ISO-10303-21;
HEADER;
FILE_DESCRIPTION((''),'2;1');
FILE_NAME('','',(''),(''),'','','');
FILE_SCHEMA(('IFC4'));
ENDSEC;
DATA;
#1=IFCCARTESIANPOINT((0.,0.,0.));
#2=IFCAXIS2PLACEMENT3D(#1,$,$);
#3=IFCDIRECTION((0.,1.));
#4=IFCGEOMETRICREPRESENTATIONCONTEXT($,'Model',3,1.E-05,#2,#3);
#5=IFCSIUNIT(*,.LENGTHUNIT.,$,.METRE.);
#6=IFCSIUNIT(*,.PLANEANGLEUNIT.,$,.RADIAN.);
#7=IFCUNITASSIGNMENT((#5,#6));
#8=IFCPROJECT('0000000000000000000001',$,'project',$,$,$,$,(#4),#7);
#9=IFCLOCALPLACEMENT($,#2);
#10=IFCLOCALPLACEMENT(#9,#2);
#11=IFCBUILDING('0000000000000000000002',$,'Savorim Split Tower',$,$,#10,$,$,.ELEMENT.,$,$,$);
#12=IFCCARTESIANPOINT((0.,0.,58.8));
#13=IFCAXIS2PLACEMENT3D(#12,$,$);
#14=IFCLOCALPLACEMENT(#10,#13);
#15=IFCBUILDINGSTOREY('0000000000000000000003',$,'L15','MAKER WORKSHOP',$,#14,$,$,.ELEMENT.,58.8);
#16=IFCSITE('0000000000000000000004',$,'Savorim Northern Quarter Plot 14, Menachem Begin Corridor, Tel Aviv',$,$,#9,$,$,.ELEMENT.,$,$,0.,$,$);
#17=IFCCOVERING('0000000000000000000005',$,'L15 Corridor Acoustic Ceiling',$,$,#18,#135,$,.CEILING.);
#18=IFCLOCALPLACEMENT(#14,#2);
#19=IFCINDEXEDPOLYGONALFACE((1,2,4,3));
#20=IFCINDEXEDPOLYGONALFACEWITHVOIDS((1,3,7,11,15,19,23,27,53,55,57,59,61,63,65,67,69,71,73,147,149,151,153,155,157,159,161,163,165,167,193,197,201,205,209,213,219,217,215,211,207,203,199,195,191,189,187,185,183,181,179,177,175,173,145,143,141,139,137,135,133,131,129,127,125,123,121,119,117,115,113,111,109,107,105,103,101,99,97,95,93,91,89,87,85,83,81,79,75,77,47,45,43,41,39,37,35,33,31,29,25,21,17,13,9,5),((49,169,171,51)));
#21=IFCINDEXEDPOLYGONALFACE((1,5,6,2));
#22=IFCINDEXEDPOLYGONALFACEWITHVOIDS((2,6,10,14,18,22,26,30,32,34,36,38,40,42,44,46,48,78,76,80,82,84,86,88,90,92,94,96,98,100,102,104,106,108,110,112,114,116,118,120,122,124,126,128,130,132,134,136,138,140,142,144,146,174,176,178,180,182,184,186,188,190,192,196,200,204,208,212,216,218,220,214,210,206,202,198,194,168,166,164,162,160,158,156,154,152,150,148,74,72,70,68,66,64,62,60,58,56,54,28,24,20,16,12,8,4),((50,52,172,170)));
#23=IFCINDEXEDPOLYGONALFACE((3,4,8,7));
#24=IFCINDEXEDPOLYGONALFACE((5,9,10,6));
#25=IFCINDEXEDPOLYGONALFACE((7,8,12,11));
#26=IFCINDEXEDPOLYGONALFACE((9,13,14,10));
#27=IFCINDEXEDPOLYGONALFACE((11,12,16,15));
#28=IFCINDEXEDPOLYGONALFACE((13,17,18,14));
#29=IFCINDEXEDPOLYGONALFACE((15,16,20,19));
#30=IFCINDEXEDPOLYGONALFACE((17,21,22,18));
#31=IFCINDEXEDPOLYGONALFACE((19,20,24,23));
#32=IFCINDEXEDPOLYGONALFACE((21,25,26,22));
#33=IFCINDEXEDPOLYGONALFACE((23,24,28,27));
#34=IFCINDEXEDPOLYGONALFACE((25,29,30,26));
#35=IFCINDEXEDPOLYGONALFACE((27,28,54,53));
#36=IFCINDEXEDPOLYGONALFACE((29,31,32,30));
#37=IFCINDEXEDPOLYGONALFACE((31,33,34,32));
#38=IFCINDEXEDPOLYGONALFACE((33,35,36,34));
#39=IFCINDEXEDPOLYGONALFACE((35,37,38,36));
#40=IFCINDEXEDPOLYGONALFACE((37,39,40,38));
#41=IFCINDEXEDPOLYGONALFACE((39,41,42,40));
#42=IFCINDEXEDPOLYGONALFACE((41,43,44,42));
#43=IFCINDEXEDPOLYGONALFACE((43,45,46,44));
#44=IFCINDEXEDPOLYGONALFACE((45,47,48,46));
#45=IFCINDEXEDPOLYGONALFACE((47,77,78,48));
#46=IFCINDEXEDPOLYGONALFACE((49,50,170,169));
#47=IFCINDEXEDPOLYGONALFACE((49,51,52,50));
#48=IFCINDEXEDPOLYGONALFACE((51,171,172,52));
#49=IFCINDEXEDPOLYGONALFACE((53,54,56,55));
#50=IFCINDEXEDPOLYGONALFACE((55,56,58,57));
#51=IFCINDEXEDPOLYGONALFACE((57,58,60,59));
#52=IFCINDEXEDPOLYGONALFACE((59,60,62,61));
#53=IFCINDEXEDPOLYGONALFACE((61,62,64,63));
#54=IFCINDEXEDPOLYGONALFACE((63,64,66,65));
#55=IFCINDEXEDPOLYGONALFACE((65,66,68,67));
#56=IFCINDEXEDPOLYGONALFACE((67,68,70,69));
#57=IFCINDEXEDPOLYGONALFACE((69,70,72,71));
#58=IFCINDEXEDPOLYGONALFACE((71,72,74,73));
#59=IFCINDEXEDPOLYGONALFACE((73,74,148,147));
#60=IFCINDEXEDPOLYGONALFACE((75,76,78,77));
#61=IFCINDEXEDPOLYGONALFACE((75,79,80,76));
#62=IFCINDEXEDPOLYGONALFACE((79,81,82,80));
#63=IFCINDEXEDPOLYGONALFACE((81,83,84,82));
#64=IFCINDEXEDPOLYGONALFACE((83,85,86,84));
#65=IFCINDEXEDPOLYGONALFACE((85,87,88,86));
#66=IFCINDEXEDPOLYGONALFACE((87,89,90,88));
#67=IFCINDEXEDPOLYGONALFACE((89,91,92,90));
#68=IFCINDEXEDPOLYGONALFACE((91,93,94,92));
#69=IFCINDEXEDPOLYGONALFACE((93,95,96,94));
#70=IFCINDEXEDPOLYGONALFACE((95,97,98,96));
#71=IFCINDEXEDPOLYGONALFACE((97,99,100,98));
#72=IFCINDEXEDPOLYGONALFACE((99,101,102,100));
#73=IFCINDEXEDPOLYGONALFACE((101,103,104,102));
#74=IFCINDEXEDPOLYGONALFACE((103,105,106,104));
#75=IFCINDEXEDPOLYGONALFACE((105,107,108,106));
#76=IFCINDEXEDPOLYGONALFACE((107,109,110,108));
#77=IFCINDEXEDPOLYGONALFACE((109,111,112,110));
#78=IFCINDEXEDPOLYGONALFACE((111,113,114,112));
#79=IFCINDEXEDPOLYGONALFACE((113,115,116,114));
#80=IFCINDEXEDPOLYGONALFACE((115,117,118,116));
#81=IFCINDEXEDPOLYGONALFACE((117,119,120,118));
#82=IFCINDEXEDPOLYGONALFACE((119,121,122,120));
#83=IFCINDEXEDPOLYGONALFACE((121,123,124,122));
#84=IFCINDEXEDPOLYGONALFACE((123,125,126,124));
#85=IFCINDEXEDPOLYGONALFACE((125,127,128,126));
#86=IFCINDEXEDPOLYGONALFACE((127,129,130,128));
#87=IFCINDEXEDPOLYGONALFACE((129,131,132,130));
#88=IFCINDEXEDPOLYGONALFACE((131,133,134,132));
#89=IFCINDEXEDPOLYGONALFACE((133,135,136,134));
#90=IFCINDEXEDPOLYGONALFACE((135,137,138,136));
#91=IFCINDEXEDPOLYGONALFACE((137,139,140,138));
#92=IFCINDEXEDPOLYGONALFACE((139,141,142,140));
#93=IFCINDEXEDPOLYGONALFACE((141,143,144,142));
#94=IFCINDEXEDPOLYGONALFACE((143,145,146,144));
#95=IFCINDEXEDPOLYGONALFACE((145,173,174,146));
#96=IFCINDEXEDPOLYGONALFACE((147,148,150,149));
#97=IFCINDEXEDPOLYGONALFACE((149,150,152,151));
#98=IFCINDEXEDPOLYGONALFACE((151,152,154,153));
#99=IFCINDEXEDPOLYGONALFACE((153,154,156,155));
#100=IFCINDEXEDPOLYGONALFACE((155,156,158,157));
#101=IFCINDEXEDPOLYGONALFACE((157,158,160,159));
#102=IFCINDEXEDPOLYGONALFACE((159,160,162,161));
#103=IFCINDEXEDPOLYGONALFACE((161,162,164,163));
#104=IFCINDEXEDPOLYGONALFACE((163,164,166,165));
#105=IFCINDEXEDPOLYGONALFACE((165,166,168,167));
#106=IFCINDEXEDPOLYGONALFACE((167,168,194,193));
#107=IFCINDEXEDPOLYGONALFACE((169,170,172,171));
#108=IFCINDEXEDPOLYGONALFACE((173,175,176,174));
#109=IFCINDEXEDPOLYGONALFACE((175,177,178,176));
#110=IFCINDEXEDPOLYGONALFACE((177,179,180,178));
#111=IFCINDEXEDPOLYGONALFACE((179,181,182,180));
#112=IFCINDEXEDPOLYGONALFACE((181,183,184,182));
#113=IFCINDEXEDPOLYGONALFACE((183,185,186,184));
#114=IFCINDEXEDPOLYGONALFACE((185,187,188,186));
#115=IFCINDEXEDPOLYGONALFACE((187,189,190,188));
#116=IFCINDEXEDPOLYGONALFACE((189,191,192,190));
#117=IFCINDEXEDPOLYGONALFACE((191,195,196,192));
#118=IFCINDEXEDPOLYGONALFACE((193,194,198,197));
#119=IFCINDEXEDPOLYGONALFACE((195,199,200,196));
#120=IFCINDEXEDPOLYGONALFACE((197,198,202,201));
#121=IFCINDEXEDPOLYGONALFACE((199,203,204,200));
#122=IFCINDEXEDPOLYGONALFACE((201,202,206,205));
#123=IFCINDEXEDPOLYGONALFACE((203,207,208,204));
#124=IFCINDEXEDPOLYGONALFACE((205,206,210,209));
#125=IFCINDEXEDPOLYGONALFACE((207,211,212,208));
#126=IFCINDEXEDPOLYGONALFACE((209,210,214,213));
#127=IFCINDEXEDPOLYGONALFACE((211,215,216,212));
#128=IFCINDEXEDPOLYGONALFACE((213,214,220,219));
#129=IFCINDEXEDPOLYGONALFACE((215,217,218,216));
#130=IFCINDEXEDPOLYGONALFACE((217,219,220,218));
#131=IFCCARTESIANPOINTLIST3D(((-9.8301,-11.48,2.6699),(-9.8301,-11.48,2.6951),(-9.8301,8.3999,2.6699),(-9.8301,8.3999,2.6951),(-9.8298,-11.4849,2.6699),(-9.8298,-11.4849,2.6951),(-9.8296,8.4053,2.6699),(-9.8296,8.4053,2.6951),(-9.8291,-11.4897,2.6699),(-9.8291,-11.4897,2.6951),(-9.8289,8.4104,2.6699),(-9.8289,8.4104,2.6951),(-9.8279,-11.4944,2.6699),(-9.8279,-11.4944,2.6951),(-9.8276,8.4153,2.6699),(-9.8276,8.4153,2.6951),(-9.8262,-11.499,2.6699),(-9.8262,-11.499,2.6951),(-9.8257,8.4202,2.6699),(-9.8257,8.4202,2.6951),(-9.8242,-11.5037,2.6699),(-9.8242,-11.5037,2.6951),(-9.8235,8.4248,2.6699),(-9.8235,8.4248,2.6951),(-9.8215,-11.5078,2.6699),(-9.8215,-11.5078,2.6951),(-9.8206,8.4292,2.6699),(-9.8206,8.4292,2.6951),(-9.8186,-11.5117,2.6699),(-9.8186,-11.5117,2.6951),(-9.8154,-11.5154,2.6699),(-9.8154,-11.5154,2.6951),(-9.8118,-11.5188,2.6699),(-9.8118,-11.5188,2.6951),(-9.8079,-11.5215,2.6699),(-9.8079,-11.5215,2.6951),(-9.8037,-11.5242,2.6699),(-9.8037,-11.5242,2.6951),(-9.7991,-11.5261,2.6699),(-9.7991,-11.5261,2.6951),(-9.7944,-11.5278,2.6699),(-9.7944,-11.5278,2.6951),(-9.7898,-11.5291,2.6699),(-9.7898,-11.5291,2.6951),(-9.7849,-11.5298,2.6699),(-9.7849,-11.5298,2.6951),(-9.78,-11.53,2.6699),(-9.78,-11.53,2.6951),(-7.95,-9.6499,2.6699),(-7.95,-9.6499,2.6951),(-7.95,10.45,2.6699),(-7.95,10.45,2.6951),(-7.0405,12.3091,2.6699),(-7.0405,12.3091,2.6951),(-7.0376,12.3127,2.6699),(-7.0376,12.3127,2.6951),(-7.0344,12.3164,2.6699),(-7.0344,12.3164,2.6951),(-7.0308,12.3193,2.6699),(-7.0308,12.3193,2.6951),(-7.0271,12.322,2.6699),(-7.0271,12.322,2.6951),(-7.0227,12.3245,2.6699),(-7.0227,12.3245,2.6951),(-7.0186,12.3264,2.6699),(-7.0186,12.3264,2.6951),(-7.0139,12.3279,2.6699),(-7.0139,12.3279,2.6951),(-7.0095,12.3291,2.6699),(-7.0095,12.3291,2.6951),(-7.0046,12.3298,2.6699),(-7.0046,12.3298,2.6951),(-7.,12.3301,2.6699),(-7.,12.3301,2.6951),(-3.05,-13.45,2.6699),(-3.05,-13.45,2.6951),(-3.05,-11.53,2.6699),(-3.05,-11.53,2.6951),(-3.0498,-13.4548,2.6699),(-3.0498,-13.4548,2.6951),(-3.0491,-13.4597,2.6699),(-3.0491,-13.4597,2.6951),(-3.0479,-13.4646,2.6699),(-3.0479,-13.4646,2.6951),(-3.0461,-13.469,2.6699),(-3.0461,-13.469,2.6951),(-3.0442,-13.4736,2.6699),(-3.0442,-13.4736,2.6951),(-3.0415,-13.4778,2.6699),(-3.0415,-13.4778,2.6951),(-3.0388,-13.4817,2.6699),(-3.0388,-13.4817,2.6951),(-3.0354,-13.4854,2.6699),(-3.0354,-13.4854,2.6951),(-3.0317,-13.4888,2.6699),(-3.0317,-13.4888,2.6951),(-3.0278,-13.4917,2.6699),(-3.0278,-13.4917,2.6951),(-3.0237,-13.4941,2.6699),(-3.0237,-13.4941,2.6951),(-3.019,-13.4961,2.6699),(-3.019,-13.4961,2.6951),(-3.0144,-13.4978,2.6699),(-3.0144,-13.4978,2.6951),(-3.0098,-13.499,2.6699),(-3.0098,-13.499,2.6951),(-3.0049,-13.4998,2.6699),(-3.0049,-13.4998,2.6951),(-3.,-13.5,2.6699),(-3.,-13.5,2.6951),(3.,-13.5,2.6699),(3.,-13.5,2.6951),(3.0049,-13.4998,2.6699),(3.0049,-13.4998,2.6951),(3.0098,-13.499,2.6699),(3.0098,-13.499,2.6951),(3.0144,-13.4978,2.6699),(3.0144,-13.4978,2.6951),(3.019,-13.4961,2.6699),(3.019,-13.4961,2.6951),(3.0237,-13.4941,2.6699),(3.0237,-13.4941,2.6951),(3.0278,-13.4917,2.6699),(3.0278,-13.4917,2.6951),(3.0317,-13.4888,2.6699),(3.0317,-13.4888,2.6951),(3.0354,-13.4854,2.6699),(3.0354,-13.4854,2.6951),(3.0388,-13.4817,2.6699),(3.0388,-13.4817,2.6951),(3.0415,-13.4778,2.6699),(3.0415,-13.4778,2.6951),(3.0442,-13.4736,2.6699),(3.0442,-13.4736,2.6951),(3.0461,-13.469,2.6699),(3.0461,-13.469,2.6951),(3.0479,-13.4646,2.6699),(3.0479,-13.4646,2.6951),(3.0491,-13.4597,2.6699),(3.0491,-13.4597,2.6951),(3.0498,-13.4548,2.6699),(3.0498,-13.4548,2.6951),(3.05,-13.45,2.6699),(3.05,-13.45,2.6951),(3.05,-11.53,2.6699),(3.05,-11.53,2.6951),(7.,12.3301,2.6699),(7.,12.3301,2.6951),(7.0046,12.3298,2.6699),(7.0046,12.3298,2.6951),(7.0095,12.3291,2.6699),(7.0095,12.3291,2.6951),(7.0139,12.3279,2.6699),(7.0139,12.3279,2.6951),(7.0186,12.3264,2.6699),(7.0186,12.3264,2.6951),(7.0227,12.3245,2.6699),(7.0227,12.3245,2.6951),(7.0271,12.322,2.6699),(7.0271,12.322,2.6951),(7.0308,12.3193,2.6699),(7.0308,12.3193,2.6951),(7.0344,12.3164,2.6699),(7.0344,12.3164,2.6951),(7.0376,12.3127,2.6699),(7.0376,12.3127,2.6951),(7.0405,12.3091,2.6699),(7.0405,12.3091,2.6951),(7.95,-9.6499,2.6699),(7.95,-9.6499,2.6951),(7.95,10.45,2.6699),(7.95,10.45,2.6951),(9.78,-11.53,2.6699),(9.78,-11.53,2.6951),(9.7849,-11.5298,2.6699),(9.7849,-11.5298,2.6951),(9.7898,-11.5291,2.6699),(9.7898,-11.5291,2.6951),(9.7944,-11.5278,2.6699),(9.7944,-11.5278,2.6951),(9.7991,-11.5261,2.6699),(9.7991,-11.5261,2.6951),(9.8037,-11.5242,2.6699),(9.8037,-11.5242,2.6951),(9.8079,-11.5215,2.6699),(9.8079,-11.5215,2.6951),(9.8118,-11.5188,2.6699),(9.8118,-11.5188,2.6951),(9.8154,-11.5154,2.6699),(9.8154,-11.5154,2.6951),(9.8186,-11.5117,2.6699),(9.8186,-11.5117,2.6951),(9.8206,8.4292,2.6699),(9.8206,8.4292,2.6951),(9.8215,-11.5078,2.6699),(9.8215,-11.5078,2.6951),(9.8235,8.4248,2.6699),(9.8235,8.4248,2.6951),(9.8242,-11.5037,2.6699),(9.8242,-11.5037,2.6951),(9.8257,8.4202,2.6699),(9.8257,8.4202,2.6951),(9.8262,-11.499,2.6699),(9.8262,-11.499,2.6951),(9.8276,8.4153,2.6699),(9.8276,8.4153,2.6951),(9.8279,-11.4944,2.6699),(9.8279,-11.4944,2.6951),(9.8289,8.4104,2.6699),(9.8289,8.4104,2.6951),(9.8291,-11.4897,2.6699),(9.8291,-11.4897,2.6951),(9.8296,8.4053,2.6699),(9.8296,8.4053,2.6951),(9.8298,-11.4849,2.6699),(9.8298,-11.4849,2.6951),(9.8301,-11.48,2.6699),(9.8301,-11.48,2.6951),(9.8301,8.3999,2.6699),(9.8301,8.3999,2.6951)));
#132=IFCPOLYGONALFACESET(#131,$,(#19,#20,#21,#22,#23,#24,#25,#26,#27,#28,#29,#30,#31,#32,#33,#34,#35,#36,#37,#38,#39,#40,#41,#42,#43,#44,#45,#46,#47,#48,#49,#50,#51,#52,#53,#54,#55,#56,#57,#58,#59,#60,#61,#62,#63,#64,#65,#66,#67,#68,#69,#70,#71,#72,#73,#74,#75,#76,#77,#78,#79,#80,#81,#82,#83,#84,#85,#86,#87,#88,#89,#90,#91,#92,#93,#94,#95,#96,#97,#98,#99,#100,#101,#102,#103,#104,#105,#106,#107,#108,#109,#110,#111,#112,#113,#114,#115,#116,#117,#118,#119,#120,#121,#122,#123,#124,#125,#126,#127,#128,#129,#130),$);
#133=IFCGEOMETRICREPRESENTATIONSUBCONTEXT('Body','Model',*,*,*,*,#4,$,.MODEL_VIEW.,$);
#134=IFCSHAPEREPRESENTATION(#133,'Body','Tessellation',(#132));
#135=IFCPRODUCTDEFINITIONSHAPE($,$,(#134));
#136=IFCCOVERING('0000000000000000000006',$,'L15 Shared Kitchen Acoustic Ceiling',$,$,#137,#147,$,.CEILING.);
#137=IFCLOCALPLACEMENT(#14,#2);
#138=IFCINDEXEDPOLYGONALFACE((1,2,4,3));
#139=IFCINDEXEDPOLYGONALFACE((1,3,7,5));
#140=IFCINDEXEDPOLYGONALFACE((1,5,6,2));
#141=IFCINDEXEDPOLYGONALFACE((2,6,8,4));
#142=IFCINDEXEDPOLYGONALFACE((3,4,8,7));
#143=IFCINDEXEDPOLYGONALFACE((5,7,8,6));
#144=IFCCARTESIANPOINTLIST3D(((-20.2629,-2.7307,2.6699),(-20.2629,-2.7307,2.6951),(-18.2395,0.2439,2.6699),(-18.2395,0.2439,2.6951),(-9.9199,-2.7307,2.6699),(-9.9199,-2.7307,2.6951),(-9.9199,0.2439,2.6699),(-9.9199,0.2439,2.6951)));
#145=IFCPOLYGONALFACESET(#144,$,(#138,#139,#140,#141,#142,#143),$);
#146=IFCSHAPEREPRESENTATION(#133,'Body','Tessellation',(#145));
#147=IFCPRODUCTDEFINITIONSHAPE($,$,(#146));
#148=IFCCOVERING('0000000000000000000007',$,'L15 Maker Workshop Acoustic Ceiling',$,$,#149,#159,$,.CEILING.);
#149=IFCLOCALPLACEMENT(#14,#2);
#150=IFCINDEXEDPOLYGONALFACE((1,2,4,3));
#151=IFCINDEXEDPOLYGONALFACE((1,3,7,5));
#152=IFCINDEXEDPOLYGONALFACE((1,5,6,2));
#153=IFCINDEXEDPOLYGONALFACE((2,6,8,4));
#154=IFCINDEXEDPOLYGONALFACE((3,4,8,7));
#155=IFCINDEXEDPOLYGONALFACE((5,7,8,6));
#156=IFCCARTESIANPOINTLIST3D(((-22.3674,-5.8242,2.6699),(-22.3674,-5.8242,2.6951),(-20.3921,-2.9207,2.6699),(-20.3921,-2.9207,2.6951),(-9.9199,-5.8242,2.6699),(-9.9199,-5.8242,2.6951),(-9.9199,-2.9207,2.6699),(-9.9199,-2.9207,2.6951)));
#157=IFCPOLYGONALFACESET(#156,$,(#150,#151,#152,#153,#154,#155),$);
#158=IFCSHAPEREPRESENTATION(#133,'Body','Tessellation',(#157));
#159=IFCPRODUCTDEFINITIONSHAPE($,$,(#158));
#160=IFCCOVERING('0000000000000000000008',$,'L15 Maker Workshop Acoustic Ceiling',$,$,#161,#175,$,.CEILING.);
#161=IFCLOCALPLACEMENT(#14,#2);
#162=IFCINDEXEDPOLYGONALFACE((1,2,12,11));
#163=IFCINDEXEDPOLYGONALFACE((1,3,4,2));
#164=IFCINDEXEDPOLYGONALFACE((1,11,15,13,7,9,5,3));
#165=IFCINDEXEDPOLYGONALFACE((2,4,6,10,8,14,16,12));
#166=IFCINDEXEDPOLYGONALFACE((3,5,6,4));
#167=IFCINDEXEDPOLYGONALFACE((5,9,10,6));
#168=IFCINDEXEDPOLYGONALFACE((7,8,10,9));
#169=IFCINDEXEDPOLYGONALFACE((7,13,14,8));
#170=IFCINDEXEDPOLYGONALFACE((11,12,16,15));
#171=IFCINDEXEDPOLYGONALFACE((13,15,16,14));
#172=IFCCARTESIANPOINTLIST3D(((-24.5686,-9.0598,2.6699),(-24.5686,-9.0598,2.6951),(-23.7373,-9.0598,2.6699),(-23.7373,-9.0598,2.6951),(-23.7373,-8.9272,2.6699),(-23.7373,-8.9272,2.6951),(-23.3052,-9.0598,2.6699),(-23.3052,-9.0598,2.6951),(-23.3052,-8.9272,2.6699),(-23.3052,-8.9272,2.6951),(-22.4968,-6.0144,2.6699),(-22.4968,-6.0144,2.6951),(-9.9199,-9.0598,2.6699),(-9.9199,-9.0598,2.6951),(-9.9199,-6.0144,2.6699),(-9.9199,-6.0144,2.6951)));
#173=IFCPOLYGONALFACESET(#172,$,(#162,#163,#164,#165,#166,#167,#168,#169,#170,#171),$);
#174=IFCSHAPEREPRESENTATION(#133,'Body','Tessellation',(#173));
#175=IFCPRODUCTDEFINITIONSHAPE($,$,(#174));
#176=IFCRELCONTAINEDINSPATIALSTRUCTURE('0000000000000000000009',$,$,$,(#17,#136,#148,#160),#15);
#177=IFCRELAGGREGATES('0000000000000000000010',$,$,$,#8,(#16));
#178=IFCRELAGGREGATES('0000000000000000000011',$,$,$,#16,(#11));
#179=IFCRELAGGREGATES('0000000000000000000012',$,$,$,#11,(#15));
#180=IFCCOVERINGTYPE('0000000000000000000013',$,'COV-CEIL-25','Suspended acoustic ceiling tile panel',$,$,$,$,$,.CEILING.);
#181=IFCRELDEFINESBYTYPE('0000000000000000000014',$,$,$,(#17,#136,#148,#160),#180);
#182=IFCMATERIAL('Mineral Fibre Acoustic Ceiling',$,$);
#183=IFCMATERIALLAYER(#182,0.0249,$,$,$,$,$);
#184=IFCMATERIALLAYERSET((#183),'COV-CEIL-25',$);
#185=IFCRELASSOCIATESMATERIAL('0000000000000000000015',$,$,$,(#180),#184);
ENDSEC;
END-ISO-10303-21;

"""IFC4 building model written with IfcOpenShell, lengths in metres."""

from ifc_helpers import new_model, si_unit, direction, frame, origin, place, context, subcontext, project, spatial, polyline, outline, extrude, material, layer, layer_set, type_object, element, save


model = new_model("IFC4")

# Units and contexts
model_context = context("Model", 3, precision=1e-05, world=origin(), true_north=direction((0.0, 1.0)))
body_context = subcontext(model_context, "Body", "Model", "MODEL_VIEW")
ifc_project = project(units=[si_unit("LENGTHUNIT", "METRE"), si_unit("PLANEANGLEUNIT", "RADIAN")], contexts=[model_context])

# Site, building, storey
site_placement = place(None, origin())
site = spatial("IfcSite", under=ifc_project, at=site_placement, Name="Savorim Northern Quarter Plot 14, Menachem Begin Corridor, Tel Aviv", CompositionType="ELEMENT", RefElevation=0.0)
building_placement = place(site_placement, origin())
building = spatial("IfcBuilding", under=site, at=building_placement, Name="Savorim Split Tower", CompositionType="ELEMENT")
storey_placement = place(building_placement, frame((0.0, 0.0, 58.8)))
storey = spatial("IfcBuildingStorey", under=building, at=storey_placement, Name="L15", Description="MAKER WORKSHOP", CompositionType="ELEMENT", Elevation=58.8)

# Coverings
ifc_material_1 = material(Name="Mineral Fibre Acoustic Ceiling")
ifc_layer_1 = layer(ifc_material_1, 0.0249)
ifc_layer_set_1 = layer_set([ifc_layer_1], Name="COV-CEIL-25")
covering_type_1 = type_object("IfcCoveringType", Name="COV-CEIL-25", Description="Suspended acoustic ceiling tile panel", PredefinedType="CEILING", material=ifc_layer_set_1)
covering_1_placement = place(storey_placement, frame((0.0, 0.0, 2.6699)))
element("IfcCovering", 1, at=covering_1_placement, inside=storey, type_object=covering_type_1, Name="L15 Corridor Acoustic Ceiling", PredefinedType="CEILING", context=body_context, shape_type="SweptSolid", body=[
    extrude(outline(polyline([(7.0095, 12.3291), (7.0046, 12.3298), (7.0, 12.3301), (-7.0, 12.3301), (-7.0046, 12.3298), (-7.0095, 12.3291), (-7.0139, 12.3279), (-7.0186, 12.3264), (-7.0227, 12.3245), (-7.0271, 12.322), (-7.0308, 12.3193), (-7.0344, 12.3164), (-7.0376, 12.3127), (-7.0405, 12.3091), (-9.8206, 8.4292), (-9.8235, 8.4248), (-9.8257, 8.4202), (-9.8276, 8.4153), (-9.8289, 8.4104), (-9.8296, 8.4053), (-9.8301, 8.3999), (-9.8301, -11.48), (-9.8298, -11.4849), (-9.8291, -11.4897), (-9.8279, -11.4944), (-9.8262, -11.499), (-9.8242, -11.5037), (-9.8215, -11.5078), (-9.8186, -11.5117), (-9.8154, -11.5154), (-9.8118, -11.5188), (-9.8079, -11.5215), (-9.8037, -11.5242), (-9.7991, -11.5261), (-9.7944, -11.5278), (-9.7898, -11.5291), (-9.7849, -11.5298), (-9.78, -11.53), (-3.05, -11.53), (-3.05, -13.45), (-3.0498, -13.4548), (-3.0491, -13.4597), (-3.0479, -13.4646), (-3.0461, -13.469), (-3.0442, -13.4736), (-3.0415, -13.4778), (-3.0388, -13.4817), (-3.0354, -13.4854), (-3.0317, -13.4888), (-3.0278, -13.4917), (-3.0237, -13.4941), (-3.019, -13.4961), (-3.0144, -13.4978), (-3.0098, -13.499), (-3.0049, -13.4998), (-3.0, -13.5), (3.0, -13.5), (3.0049, -13.4998), (3.0098, -13.499), (3.0144, -13.4978), (3.019, -13.4961), (3.0237, -13.4941), (3.0278, -13.4917), (3.0317, -13.4888), (3.0354, -13.4854), (3.0388, -13.4817), (3.0415, -13.4778), (3.0442, -13.4736), (3.0461, -13.469), (3.0479, -13.4646), (3.0491, -13.4597), (3.0498, -13.4548), (3.05, -13.45), (3.05, -11.53), (9.78, -11.53), (9.7849, -11.5298), (9.7898, -11.5291), (9.7944, -11.5278), (9.7991, -11.5261), (9.8037, -11.5242), (9.8079, -11.5215), (9.8118, -11.5188), (9.8154, -11.5154), (9.8186, -11.5117), (9.8215, -11.5078), (9.8242, -11.5037), (9.8262, -11.499), (9.8279, -11.4944), (9.8291, -11.4897), (9.8298, -11.4849), (9.8301, -11.48), (9.8301, 8.3999), (9.8296, 8.4053), (9.8289, 8.4104), (9.8276, 8.4153), (9.8257, 8.4202), (9.8235, 8.4248), (9.8206, 8.4292), (7.0405, 12.3091), (7.0376, 12.3127), (7.0344, 12.3164), (7.0308, 12.3193), (7.0271, 12.322), (7.0227, 12.3245), (7.0186, 12.3264), (7.0139, 12.3279), (7.0095, 12.3291)]), holes=[polyline([(-7.95, 10.45), (-7.95, -9.6499), (7.95, -9.6499), (7.95, 10.45), (-7.95, 10.45)])]), origin(), (0.0, 0.0, 1.0), 0.0251),
])
covering_2_placement = place(storey_placement, frame((0.0, 0.0, 2.6699)))
element("IfcCovering", 2, at=covering_2_placement, inside=storey, type_object=covering_type_1, Name="L15 Shared Kitchen Acoustic Ceiling", PredefinedType="CEILING", context=body_context, shape_type="SweptSolid", body=[
    extrude(outline(polyline([(-18.2395, 0.2439), (-20.2629, -2.7307), (-9.9199, -2.7307), (-9.9199, 0.2439), (-18.2395, 0.2439)])), origin(), (0.0, 0.0, 1.0), 0.0251),
])
covering_3_placement = place(storey_placement, frame((0.0, 0.0, 2.6699)))
element("IfcCovering", 3, at=covering_3_placement, inside=storey, type_object=covering_type_1, Name="L15 Maker Workshop Acoustic Ceiling", PredefinedType="CEILING", context=body_context, shape_type="SweptSolid", body=[
    extrude(outline(polyline([(-20.3921, -2.9207), (-22.3674, -5.8242), (-9.9199, -5.8242), (-9.9199, -2.9207), (-20.3921, -2.9207)])), origin(), (0.0, 0.0, 1.0), 0.0251),
])
covering_4_placement = place(storey_placement, frame((0.0, 0.0, 2.6699)))
element("IfcCovering", 4, at=covering_4_placement, inside=storey, type_object=covering_type_1, Name="L15 Maker Workshop Acoustic Ceiling", PredefinedType="CEILING", context=body_context, shape_type="SweptSolid", body=[
    extrude(outline(polyline([(-23.3052, -8.9272), (-23.3052, -9.0598), (-9.9199, -9.0598), (-9.9199, -6.0144), (-22.4968, -6.0144), (-24.5686, -9.0598), (-23.7373, -9.0598), (-23.7373, -8.9272), (-23.3052, -8.9272)])), origin(), (0.0, 0.0, 1.0), 0.0251),
])

save(model, "model.ifc")
